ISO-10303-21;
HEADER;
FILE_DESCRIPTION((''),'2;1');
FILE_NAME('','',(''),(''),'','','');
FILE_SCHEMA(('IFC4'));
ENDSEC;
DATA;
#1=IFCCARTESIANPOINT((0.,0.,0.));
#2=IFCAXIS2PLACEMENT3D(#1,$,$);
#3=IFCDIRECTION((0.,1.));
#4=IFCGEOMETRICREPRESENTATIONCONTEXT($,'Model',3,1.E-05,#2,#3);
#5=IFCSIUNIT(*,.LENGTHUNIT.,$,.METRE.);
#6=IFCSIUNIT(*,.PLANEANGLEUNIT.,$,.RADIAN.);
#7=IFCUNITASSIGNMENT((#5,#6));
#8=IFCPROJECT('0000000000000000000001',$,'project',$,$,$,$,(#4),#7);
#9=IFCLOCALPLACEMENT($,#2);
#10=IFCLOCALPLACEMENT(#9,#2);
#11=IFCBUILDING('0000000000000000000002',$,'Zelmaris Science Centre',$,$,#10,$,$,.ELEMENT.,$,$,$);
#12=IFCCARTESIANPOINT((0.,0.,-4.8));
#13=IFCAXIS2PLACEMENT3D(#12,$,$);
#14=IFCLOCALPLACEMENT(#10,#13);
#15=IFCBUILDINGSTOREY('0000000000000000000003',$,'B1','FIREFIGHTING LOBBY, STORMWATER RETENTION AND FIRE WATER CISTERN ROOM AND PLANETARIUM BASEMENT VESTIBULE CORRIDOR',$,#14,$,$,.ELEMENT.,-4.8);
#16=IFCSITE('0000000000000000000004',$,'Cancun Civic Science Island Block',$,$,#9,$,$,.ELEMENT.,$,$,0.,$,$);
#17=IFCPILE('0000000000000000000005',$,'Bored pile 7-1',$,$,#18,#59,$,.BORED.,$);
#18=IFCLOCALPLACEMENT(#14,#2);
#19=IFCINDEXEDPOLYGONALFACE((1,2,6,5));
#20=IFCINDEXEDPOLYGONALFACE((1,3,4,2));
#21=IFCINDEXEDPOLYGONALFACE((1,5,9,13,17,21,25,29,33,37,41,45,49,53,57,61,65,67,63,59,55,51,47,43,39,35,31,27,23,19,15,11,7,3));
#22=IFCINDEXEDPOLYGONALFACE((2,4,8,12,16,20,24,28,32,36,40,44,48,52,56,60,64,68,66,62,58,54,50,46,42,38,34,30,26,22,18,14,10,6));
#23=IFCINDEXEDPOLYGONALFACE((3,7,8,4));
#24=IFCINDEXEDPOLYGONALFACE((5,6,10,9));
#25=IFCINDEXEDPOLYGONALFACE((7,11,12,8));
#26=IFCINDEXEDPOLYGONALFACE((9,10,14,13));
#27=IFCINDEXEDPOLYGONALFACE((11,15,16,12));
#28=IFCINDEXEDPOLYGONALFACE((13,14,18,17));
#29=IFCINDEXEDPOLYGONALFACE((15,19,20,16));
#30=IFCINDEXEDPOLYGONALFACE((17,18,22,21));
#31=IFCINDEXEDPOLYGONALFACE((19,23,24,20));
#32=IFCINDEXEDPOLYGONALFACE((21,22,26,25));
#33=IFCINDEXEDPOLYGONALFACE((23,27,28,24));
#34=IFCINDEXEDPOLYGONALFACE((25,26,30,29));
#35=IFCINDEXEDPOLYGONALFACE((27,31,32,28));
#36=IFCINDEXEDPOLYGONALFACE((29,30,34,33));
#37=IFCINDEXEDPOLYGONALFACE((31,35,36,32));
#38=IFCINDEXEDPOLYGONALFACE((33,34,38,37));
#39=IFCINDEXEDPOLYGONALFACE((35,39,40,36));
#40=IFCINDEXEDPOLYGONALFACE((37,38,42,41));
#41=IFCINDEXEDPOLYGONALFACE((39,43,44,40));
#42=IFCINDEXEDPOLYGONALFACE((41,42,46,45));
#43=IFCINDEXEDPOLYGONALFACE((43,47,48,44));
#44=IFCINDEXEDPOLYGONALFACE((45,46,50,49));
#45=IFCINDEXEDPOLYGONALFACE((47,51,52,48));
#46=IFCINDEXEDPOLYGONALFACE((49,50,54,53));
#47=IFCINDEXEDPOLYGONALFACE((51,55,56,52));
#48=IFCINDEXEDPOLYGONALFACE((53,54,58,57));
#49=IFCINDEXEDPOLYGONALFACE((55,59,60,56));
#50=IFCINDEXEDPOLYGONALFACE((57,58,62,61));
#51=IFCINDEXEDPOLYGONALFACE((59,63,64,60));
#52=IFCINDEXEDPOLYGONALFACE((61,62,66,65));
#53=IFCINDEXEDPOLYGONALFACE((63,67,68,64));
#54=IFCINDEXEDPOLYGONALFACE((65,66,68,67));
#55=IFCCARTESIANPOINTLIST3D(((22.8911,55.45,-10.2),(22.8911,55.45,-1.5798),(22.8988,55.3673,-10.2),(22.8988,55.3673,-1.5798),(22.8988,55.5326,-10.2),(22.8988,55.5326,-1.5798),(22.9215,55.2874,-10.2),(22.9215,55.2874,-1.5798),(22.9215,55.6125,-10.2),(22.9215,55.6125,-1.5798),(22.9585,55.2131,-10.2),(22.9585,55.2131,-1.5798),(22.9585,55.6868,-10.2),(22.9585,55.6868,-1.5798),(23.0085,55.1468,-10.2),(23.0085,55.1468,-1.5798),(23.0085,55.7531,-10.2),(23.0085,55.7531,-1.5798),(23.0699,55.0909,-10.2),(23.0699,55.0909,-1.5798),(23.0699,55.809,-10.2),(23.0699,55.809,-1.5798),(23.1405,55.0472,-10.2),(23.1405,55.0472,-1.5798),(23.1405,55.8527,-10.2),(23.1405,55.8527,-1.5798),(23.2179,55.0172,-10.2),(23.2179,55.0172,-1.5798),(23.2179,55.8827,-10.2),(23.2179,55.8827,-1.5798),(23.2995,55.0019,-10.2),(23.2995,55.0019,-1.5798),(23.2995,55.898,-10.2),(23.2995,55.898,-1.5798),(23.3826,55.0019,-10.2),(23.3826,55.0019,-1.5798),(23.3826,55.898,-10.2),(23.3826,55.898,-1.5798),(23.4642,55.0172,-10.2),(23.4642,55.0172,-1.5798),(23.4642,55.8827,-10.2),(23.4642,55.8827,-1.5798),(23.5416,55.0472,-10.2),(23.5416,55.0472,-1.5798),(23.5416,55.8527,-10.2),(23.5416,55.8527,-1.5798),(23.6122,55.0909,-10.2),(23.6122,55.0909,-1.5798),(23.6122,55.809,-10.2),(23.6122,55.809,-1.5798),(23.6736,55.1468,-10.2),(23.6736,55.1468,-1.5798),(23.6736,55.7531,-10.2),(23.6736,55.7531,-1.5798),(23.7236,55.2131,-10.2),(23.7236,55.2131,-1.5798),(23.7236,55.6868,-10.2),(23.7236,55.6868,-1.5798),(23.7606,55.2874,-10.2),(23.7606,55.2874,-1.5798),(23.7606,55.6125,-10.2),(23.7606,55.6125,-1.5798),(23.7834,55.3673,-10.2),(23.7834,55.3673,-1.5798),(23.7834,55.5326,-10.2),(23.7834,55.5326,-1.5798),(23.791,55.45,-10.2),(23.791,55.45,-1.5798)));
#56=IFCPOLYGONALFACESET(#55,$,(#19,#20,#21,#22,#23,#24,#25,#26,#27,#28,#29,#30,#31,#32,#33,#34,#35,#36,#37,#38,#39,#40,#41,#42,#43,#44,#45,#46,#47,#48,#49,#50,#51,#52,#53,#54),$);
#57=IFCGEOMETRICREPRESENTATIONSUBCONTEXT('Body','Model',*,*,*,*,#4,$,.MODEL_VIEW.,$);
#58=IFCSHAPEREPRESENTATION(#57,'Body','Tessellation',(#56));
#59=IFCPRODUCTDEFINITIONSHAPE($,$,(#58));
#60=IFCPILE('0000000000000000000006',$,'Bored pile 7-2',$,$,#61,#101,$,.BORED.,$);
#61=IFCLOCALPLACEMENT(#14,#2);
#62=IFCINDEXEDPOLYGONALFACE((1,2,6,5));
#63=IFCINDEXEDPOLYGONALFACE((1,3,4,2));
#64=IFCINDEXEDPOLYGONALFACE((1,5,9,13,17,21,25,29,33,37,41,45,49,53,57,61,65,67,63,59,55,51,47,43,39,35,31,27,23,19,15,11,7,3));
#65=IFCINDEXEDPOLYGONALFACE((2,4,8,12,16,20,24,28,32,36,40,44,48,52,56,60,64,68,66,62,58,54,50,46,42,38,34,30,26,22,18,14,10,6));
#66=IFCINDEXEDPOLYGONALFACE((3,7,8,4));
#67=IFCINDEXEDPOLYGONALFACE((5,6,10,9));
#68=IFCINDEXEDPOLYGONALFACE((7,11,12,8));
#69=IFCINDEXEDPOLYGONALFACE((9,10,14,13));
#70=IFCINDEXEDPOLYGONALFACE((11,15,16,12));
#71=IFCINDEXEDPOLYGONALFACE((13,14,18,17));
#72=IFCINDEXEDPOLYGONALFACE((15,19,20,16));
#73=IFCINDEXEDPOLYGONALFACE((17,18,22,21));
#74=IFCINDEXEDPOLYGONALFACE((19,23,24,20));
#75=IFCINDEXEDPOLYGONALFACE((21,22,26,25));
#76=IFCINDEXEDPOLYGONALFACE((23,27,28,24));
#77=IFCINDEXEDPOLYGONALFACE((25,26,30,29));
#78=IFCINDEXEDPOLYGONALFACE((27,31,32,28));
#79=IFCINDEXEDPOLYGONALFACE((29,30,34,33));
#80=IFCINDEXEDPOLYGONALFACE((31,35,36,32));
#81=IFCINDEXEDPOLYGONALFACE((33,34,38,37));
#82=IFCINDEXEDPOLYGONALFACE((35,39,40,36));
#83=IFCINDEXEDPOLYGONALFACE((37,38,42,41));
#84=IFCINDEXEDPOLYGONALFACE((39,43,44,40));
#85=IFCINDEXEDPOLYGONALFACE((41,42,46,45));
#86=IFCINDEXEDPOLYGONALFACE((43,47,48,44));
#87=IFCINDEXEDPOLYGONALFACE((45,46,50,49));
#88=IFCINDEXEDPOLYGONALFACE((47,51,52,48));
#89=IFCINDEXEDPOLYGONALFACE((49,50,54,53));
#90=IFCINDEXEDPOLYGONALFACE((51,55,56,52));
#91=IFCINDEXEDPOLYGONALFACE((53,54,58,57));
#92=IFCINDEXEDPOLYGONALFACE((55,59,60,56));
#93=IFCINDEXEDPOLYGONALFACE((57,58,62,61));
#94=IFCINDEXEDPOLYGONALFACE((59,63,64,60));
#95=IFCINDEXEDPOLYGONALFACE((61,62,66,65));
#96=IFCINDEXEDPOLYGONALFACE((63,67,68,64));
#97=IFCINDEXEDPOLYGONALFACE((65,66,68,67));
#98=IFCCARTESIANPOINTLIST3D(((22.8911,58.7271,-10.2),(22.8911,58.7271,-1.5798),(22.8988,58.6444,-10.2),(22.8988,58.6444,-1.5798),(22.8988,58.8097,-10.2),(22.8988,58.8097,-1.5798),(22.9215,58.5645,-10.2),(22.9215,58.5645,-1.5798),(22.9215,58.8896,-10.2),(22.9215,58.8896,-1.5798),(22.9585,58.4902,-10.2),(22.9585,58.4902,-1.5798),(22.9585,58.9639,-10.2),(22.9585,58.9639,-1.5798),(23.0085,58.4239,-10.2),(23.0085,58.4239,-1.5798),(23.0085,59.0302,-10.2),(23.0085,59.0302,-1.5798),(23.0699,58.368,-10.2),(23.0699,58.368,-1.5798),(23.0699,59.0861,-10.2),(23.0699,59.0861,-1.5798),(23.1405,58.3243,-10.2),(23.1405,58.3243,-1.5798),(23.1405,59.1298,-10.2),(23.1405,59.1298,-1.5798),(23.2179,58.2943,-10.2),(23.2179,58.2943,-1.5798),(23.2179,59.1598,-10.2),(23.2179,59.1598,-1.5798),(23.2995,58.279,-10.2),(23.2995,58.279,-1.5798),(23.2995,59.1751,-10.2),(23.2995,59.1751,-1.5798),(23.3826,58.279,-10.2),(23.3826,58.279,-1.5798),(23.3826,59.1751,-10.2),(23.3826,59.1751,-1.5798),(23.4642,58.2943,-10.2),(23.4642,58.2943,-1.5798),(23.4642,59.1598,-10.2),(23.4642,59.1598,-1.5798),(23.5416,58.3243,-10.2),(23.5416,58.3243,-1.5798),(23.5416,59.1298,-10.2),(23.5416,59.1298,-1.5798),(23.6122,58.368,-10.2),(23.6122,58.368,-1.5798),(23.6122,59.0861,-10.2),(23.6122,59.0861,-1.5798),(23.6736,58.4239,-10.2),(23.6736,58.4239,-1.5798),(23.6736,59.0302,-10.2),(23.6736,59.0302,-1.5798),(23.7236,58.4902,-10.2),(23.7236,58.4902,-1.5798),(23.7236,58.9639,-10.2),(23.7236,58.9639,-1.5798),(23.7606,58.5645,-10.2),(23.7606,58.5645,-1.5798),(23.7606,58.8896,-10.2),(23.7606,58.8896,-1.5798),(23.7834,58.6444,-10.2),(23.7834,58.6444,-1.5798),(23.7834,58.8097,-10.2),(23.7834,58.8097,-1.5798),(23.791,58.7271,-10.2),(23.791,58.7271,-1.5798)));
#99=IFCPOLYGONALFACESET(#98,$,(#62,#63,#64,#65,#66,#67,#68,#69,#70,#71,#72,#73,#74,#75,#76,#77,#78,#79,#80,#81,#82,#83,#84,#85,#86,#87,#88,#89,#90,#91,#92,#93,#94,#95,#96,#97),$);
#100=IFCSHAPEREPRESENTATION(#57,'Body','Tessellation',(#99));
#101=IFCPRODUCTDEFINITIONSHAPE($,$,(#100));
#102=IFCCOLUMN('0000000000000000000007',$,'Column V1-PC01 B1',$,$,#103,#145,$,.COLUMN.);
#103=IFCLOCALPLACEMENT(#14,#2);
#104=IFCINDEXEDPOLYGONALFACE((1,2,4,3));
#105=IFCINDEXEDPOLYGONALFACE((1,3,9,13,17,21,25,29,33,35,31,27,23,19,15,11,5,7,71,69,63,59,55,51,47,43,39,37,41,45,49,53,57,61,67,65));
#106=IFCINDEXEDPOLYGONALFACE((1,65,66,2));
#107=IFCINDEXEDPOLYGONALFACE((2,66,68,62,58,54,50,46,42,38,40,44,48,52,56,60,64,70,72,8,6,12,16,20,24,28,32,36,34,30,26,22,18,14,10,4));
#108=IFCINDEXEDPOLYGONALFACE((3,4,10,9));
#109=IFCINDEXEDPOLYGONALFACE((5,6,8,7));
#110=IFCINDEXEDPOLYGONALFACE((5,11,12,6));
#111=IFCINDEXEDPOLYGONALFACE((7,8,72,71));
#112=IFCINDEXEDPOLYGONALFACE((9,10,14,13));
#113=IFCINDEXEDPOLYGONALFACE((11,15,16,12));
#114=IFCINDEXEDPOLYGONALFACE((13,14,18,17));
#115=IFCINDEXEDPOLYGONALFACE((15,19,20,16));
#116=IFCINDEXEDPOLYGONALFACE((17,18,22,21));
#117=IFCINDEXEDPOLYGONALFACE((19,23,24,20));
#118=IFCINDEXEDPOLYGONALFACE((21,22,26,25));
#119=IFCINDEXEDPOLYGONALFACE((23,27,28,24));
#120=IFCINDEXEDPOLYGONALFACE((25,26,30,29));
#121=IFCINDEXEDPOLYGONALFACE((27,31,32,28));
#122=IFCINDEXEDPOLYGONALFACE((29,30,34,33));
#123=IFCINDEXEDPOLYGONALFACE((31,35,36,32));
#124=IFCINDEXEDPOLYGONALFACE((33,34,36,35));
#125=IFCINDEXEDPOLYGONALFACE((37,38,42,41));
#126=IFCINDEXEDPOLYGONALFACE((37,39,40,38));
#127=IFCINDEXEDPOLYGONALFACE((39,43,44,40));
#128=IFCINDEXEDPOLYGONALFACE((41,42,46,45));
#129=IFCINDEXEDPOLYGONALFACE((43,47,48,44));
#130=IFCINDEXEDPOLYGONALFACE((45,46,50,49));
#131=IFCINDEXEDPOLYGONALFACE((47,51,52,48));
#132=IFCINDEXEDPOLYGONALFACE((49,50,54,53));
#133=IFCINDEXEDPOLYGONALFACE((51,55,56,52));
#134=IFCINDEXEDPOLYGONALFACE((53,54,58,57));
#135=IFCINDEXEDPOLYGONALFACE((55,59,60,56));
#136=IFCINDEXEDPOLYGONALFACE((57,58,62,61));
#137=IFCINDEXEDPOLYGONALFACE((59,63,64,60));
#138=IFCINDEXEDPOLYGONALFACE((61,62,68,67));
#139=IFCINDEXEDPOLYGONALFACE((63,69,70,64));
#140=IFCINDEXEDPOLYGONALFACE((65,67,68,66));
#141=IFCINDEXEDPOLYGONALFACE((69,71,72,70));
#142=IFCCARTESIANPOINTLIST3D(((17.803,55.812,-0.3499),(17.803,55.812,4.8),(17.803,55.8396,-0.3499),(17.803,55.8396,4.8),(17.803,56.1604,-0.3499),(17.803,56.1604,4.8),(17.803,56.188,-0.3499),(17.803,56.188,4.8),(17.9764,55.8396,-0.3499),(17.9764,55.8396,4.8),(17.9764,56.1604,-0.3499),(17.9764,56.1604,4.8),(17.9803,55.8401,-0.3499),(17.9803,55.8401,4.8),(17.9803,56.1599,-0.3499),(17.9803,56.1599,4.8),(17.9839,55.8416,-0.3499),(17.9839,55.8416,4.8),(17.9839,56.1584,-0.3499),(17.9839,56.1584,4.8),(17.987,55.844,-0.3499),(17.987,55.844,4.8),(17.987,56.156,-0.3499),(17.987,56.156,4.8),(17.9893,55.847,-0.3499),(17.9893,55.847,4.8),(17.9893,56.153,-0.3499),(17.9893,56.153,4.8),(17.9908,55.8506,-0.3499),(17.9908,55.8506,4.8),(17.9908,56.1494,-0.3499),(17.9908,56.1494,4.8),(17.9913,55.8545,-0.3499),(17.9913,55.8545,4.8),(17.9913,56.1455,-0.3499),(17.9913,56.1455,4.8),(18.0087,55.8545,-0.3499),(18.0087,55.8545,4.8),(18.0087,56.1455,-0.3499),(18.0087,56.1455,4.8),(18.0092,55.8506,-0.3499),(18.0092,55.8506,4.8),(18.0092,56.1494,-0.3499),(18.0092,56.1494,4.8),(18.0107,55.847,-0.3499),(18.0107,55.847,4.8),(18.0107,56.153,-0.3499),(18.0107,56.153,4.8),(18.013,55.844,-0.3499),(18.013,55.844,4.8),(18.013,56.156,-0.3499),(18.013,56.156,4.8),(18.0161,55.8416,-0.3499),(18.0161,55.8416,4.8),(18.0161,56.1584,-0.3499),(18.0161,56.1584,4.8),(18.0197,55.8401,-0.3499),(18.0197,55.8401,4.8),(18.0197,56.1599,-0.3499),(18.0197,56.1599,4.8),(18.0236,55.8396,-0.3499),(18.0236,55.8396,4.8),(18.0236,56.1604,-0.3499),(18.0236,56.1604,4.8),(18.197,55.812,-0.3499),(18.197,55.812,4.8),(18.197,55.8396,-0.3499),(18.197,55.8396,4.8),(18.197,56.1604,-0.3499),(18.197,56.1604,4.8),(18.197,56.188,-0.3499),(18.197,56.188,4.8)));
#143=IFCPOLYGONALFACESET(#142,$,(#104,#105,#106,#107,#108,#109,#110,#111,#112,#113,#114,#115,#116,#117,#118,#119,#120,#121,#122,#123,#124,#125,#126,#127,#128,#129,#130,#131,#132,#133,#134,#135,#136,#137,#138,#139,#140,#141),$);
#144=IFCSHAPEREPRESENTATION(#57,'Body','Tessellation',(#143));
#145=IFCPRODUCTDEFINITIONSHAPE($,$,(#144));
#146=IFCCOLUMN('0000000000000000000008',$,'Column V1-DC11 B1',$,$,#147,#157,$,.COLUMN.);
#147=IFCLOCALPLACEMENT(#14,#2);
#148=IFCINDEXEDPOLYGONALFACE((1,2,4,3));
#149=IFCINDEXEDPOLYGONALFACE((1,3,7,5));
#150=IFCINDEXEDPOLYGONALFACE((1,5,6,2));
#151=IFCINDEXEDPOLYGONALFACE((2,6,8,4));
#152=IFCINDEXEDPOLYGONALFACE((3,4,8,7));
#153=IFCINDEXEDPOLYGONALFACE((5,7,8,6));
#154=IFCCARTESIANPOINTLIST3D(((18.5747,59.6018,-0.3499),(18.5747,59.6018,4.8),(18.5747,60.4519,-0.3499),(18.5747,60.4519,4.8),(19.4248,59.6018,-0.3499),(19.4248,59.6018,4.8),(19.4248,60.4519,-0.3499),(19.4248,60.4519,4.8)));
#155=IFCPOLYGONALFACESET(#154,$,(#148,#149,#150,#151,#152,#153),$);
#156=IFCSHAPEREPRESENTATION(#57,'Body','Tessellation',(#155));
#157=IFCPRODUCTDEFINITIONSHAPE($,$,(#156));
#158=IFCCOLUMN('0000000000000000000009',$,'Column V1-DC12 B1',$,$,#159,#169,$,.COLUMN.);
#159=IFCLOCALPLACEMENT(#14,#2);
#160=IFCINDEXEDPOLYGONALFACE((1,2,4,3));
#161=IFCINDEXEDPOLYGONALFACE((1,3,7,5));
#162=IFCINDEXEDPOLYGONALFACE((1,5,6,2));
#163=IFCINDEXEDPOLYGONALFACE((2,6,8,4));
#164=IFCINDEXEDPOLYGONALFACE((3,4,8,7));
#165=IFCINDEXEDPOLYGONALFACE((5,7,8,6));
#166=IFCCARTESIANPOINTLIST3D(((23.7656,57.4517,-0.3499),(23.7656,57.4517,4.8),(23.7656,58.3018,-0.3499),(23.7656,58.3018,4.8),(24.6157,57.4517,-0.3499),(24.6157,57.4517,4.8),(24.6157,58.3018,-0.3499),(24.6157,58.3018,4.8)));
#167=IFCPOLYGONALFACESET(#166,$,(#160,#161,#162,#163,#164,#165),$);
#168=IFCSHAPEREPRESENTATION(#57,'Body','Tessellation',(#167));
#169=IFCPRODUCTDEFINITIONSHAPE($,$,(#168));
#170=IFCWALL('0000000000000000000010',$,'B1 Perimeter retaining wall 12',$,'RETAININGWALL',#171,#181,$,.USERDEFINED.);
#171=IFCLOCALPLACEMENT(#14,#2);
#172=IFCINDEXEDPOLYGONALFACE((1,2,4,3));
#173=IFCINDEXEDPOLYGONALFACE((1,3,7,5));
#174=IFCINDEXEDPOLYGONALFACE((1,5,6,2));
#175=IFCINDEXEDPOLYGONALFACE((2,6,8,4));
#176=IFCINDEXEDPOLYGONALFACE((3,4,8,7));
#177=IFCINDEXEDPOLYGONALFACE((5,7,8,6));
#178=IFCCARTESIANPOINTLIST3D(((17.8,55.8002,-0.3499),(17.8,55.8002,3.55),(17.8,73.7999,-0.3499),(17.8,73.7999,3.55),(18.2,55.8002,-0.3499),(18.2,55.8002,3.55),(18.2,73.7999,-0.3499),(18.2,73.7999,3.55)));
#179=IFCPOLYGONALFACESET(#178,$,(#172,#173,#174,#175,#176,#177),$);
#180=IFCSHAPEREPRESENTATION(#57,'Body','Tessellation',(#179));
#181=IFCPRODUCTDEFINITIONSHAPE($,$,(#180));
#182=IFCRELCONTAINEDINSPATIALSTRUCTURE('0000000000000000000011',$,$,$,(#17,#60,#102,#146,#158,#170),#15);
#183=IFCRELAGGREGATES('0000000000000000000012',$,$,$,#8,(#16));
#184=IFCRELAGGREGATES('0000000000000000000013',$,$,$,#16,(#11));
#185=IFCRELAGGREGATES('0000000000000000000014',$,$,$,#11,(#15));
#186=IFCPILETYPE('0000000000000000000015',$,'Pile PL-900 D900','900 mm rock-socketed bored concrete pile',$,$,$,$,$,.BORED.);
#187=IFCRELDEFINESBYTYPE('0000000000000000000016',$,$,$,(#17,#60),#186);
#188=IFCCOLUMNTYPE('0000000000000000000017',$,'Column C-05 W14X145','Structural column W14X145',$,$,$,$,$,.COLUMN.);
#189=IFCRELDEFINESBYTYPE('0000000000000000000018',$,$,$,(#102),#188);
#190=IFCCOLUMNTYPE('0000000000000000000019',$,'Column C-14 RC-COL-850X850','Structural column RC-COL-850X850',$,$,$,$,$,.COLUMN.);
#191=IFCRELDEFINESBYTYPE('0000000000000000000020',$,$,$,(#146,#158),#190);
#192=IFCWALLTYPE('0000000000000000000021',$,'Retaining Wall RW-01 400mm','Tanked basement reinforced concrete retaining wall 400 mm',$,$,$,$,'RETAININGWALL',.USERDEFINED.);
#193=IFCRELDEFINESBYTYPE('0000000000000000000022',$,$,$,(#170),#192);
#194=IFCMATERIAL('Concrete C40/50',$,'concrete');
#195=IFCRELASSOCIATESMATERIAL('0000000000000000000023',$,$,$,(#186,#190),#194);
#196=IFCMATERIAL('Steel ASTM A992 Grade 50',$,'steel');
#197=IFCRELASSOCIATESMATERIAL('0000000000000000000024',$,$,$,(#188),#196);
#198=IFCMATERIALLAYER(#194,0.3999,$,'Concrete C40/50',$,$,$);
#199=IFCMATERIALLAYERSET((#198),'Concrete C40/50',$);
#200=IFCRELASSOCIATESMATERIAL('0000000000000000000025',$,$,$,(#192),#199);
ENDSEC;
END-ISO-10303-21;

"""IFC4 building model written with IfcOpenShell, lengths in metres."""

from ifc_helpers import new_model, si_unit, direction, frame, frame_2d, origin, origin_2d, place, context, subcontext, project, spatial, rectangle, circle, i_section, extrude, material, layer, layer_set, material_profile, profile_set, type_object, element, save


model = new_model("IFC4")

# Units and contexts
model_context = context("Model", 3, precision=1e-05, world=origin(), true_north=direction((0.0, 1.0)))
body_context = subcontext(model_context, "Body", "Model", "MODEL_VIEW")
ifc_project = project(units=[si_unit("LENGTHUNIT", "METRE"), si_unit("PLANEANGLEUNIT", "RADIAN")], contexts=[model_context])

# Site, building, storey
site_placement = place(None, origin())
site = spatial("IfcSite", under=ifc_project, at=site_placement, Name="Cancun Civic Science Island Block", CompositionType="ELEMENT", RefElevation=0.0)
building_placement = place(site_placement, origin())
building = spatial("IfcBuilding", under=site, at=building_placement, Name="Zelmaris Science Centre", CompositionType="ELEMENT")
storey_placement = place(building_placement, frame((0.0, 0.0, -4.8)))
storey = spatial("IfcBuildingStorey", under=building, at=storey_placement, Name="B1", Description="FIREFIGHTING LOBBY, STORMWATER RETENTION AND FIRE WATER CISTERN ROOM AND PLANETARIUM BASEMENT VESTIBULE CORRIDOR", CompositionType="ELEMENT", Elevation=-4.8)

# Shared definitions
ifc_material_1 = material(Name="Concrete C40/50", Category="concrete")

# Piles
ifc_material_profile_1 = material_profile(ifc_material_1, circle(Radius=0.45, at=origin_2d()), Name="PILE-900")
ifc_profile_set_1 = profile_set([ifc_material_profile_1], Name="Concrete C40/50")
pile_type_1 = type_object("IfcPileType", Name="Pile PL-900 D900", Description="900 mm rock-socketed bored concrete pile", PredefinedType="BORED", material=ifc_profile_set_1)
for number, where, z_axis, x_axis, name in (
    (1, (23.3411, 55.45, -1.5798), (0.0, 0.0, -1.0), (1.0, 0.0, 0.0), "Bored pile 7-1"),
    (2, (23.3411, 58.7271, -1.5798), (0.0, 0.0, -1.0), (1.0, 0.0, 0.0), "Bored pile 7-2"),
):
    element("IfcPile", number, at=place(storey_placement, frame(where, z_axis=z_axis, x_axis=x_axis)), inside=storey, type_object=pile_type_1, Name=name, PredefinedType="BORED", context=body_context, shape_type="SweptSolid", body=[
        extrude(circle(Radius=0.45, at=origin_2d()), origin(), (0.0, 0.0, 1.0), 8.6201),
    ])

# Columns
ifc_material_2 = material(Name="Steel ASTM A992 Grade 50", Category="steel")
ifc_material_profile_2 = material_profile(ifc_material_2, i_section(OverallWidth=0.394, OverallDepth=0.376, WebThickness=0.0173, FlangeThickness=0.0276, FilletRadius=0.0149, at=origin_2d()), Name="W14X145")
ifc_profile_set_2 = profile_set([ifc_material_profile_2], Name="Steel ASTM A992 Grade 50")
column_type_1 = type_object("IfcColumnType", Name="Column C-05 W14X145", Description="Structural column W14X145", PredefinedType="COLUMN", material=ifc_profile_set_2)
column_placement = place(storey_placement, frame((18.0, 56.0, -0.3499), z_axis=(0.0, 0.0, 1.0), x_axis=(1.0, 0.0, 0.0)))
element("IfcColumn", 3, at=column_placement, inside=storey, type_object=column_type_1, Name="Column V1-PC01 B1", PredefinedType="COLUMN", context=body_context, shape_type="SweptSolid", body=[
    extrude(i_section(OverallWidth=0.394, OverallDepth=0.376, WebThickness=0.0173, FlangeThickness=0.0276, FilletRadius=0.0149, at=origin_2d()), origin(), (0.0, 0.0, 1.0), 5.1499),
])
ifc_material_profile_3 = material_profile(ifc_material_1, rectangle(XDim=0.8501, YDim=0.8501, at=origin_2d()), Name="RC-COL-850X850")
ifc_profile_set_3 = profile_set([ifc_material_profile_3], Name="Concrete C40/50")
column_type_2 = type_object("IfcColumnType", Name="Column C-14 RC-COL-850X850", Description="Structural column RC-COL-850X850", PredefinedType="COLUMN", material=ifc_profile_set_3)
for number, where, z_axis, x_axis, name in (
    (4, (18.9998, 60.0269, -0.3499), (0.0, 0.0, 1.0), (1.0, 0.0, 0.0), "Column V1-DC11 B1"),
    (5, (24.1907, 57.8767, -0.3499), (0.0, 0.0, 1.0), (1.0, 0.0, 0.0), "Column V1-DC12 B1"),
):
    element("IfcColumn", number, at=place(storey_placement, frame(where, z_axis=z_axis, x_axis=x_axis)), inside=storey, type_object=column_type_2, Name=name, PredefinedType="COLUMN", context=body_context, shape_type="SweptSolid", body=[
        extrude(rectangle(XDim=0.8501, YDim=0.8501, at=origin_2d()), origin(), (0.0, 0.0, 1.0), 5.1499),
    ])

# Wall
ifc_layer = layer(ifc_material_1, 0.3999, Name="Concrete C40/50")
ifc_layer_set = layer_set([ifc_layer], Name="Concrete C40/50")
wall_type = type_object("IfcWallType", Name="Retaining Wall RW-01 400mm", Description="Tanked basement reinforced concrete retaining wall 400 mm", ElementType="RETAININGWALL", PredefinedType="USERDEFINED", material=ifc_layer_set)
wall_placement = place(storey_placement, frame((18.0, 55.8, -0.3499), z_axis=(0.0, 0.0, 1.0), x_axis=(0.0, 1.0, 0.0)))
element("IfcWall", 6, at=wall_placement, inside=storey, type_object=wall_type, Name="B1 Perimeter retaining wall 12", ObjectType="RETAININGWALL", PredefinedType="USERDEFINED", context=body_context, shape_type="SweptSolid", body=[
    extrude(rectangle(XDim=17.9998, YDim=0.3999, at=frame_2d((9.0, 0.0))), origin(), (0.0, 0.0, 1.0), 3.8999),
])

save(model, "model.ifc")
